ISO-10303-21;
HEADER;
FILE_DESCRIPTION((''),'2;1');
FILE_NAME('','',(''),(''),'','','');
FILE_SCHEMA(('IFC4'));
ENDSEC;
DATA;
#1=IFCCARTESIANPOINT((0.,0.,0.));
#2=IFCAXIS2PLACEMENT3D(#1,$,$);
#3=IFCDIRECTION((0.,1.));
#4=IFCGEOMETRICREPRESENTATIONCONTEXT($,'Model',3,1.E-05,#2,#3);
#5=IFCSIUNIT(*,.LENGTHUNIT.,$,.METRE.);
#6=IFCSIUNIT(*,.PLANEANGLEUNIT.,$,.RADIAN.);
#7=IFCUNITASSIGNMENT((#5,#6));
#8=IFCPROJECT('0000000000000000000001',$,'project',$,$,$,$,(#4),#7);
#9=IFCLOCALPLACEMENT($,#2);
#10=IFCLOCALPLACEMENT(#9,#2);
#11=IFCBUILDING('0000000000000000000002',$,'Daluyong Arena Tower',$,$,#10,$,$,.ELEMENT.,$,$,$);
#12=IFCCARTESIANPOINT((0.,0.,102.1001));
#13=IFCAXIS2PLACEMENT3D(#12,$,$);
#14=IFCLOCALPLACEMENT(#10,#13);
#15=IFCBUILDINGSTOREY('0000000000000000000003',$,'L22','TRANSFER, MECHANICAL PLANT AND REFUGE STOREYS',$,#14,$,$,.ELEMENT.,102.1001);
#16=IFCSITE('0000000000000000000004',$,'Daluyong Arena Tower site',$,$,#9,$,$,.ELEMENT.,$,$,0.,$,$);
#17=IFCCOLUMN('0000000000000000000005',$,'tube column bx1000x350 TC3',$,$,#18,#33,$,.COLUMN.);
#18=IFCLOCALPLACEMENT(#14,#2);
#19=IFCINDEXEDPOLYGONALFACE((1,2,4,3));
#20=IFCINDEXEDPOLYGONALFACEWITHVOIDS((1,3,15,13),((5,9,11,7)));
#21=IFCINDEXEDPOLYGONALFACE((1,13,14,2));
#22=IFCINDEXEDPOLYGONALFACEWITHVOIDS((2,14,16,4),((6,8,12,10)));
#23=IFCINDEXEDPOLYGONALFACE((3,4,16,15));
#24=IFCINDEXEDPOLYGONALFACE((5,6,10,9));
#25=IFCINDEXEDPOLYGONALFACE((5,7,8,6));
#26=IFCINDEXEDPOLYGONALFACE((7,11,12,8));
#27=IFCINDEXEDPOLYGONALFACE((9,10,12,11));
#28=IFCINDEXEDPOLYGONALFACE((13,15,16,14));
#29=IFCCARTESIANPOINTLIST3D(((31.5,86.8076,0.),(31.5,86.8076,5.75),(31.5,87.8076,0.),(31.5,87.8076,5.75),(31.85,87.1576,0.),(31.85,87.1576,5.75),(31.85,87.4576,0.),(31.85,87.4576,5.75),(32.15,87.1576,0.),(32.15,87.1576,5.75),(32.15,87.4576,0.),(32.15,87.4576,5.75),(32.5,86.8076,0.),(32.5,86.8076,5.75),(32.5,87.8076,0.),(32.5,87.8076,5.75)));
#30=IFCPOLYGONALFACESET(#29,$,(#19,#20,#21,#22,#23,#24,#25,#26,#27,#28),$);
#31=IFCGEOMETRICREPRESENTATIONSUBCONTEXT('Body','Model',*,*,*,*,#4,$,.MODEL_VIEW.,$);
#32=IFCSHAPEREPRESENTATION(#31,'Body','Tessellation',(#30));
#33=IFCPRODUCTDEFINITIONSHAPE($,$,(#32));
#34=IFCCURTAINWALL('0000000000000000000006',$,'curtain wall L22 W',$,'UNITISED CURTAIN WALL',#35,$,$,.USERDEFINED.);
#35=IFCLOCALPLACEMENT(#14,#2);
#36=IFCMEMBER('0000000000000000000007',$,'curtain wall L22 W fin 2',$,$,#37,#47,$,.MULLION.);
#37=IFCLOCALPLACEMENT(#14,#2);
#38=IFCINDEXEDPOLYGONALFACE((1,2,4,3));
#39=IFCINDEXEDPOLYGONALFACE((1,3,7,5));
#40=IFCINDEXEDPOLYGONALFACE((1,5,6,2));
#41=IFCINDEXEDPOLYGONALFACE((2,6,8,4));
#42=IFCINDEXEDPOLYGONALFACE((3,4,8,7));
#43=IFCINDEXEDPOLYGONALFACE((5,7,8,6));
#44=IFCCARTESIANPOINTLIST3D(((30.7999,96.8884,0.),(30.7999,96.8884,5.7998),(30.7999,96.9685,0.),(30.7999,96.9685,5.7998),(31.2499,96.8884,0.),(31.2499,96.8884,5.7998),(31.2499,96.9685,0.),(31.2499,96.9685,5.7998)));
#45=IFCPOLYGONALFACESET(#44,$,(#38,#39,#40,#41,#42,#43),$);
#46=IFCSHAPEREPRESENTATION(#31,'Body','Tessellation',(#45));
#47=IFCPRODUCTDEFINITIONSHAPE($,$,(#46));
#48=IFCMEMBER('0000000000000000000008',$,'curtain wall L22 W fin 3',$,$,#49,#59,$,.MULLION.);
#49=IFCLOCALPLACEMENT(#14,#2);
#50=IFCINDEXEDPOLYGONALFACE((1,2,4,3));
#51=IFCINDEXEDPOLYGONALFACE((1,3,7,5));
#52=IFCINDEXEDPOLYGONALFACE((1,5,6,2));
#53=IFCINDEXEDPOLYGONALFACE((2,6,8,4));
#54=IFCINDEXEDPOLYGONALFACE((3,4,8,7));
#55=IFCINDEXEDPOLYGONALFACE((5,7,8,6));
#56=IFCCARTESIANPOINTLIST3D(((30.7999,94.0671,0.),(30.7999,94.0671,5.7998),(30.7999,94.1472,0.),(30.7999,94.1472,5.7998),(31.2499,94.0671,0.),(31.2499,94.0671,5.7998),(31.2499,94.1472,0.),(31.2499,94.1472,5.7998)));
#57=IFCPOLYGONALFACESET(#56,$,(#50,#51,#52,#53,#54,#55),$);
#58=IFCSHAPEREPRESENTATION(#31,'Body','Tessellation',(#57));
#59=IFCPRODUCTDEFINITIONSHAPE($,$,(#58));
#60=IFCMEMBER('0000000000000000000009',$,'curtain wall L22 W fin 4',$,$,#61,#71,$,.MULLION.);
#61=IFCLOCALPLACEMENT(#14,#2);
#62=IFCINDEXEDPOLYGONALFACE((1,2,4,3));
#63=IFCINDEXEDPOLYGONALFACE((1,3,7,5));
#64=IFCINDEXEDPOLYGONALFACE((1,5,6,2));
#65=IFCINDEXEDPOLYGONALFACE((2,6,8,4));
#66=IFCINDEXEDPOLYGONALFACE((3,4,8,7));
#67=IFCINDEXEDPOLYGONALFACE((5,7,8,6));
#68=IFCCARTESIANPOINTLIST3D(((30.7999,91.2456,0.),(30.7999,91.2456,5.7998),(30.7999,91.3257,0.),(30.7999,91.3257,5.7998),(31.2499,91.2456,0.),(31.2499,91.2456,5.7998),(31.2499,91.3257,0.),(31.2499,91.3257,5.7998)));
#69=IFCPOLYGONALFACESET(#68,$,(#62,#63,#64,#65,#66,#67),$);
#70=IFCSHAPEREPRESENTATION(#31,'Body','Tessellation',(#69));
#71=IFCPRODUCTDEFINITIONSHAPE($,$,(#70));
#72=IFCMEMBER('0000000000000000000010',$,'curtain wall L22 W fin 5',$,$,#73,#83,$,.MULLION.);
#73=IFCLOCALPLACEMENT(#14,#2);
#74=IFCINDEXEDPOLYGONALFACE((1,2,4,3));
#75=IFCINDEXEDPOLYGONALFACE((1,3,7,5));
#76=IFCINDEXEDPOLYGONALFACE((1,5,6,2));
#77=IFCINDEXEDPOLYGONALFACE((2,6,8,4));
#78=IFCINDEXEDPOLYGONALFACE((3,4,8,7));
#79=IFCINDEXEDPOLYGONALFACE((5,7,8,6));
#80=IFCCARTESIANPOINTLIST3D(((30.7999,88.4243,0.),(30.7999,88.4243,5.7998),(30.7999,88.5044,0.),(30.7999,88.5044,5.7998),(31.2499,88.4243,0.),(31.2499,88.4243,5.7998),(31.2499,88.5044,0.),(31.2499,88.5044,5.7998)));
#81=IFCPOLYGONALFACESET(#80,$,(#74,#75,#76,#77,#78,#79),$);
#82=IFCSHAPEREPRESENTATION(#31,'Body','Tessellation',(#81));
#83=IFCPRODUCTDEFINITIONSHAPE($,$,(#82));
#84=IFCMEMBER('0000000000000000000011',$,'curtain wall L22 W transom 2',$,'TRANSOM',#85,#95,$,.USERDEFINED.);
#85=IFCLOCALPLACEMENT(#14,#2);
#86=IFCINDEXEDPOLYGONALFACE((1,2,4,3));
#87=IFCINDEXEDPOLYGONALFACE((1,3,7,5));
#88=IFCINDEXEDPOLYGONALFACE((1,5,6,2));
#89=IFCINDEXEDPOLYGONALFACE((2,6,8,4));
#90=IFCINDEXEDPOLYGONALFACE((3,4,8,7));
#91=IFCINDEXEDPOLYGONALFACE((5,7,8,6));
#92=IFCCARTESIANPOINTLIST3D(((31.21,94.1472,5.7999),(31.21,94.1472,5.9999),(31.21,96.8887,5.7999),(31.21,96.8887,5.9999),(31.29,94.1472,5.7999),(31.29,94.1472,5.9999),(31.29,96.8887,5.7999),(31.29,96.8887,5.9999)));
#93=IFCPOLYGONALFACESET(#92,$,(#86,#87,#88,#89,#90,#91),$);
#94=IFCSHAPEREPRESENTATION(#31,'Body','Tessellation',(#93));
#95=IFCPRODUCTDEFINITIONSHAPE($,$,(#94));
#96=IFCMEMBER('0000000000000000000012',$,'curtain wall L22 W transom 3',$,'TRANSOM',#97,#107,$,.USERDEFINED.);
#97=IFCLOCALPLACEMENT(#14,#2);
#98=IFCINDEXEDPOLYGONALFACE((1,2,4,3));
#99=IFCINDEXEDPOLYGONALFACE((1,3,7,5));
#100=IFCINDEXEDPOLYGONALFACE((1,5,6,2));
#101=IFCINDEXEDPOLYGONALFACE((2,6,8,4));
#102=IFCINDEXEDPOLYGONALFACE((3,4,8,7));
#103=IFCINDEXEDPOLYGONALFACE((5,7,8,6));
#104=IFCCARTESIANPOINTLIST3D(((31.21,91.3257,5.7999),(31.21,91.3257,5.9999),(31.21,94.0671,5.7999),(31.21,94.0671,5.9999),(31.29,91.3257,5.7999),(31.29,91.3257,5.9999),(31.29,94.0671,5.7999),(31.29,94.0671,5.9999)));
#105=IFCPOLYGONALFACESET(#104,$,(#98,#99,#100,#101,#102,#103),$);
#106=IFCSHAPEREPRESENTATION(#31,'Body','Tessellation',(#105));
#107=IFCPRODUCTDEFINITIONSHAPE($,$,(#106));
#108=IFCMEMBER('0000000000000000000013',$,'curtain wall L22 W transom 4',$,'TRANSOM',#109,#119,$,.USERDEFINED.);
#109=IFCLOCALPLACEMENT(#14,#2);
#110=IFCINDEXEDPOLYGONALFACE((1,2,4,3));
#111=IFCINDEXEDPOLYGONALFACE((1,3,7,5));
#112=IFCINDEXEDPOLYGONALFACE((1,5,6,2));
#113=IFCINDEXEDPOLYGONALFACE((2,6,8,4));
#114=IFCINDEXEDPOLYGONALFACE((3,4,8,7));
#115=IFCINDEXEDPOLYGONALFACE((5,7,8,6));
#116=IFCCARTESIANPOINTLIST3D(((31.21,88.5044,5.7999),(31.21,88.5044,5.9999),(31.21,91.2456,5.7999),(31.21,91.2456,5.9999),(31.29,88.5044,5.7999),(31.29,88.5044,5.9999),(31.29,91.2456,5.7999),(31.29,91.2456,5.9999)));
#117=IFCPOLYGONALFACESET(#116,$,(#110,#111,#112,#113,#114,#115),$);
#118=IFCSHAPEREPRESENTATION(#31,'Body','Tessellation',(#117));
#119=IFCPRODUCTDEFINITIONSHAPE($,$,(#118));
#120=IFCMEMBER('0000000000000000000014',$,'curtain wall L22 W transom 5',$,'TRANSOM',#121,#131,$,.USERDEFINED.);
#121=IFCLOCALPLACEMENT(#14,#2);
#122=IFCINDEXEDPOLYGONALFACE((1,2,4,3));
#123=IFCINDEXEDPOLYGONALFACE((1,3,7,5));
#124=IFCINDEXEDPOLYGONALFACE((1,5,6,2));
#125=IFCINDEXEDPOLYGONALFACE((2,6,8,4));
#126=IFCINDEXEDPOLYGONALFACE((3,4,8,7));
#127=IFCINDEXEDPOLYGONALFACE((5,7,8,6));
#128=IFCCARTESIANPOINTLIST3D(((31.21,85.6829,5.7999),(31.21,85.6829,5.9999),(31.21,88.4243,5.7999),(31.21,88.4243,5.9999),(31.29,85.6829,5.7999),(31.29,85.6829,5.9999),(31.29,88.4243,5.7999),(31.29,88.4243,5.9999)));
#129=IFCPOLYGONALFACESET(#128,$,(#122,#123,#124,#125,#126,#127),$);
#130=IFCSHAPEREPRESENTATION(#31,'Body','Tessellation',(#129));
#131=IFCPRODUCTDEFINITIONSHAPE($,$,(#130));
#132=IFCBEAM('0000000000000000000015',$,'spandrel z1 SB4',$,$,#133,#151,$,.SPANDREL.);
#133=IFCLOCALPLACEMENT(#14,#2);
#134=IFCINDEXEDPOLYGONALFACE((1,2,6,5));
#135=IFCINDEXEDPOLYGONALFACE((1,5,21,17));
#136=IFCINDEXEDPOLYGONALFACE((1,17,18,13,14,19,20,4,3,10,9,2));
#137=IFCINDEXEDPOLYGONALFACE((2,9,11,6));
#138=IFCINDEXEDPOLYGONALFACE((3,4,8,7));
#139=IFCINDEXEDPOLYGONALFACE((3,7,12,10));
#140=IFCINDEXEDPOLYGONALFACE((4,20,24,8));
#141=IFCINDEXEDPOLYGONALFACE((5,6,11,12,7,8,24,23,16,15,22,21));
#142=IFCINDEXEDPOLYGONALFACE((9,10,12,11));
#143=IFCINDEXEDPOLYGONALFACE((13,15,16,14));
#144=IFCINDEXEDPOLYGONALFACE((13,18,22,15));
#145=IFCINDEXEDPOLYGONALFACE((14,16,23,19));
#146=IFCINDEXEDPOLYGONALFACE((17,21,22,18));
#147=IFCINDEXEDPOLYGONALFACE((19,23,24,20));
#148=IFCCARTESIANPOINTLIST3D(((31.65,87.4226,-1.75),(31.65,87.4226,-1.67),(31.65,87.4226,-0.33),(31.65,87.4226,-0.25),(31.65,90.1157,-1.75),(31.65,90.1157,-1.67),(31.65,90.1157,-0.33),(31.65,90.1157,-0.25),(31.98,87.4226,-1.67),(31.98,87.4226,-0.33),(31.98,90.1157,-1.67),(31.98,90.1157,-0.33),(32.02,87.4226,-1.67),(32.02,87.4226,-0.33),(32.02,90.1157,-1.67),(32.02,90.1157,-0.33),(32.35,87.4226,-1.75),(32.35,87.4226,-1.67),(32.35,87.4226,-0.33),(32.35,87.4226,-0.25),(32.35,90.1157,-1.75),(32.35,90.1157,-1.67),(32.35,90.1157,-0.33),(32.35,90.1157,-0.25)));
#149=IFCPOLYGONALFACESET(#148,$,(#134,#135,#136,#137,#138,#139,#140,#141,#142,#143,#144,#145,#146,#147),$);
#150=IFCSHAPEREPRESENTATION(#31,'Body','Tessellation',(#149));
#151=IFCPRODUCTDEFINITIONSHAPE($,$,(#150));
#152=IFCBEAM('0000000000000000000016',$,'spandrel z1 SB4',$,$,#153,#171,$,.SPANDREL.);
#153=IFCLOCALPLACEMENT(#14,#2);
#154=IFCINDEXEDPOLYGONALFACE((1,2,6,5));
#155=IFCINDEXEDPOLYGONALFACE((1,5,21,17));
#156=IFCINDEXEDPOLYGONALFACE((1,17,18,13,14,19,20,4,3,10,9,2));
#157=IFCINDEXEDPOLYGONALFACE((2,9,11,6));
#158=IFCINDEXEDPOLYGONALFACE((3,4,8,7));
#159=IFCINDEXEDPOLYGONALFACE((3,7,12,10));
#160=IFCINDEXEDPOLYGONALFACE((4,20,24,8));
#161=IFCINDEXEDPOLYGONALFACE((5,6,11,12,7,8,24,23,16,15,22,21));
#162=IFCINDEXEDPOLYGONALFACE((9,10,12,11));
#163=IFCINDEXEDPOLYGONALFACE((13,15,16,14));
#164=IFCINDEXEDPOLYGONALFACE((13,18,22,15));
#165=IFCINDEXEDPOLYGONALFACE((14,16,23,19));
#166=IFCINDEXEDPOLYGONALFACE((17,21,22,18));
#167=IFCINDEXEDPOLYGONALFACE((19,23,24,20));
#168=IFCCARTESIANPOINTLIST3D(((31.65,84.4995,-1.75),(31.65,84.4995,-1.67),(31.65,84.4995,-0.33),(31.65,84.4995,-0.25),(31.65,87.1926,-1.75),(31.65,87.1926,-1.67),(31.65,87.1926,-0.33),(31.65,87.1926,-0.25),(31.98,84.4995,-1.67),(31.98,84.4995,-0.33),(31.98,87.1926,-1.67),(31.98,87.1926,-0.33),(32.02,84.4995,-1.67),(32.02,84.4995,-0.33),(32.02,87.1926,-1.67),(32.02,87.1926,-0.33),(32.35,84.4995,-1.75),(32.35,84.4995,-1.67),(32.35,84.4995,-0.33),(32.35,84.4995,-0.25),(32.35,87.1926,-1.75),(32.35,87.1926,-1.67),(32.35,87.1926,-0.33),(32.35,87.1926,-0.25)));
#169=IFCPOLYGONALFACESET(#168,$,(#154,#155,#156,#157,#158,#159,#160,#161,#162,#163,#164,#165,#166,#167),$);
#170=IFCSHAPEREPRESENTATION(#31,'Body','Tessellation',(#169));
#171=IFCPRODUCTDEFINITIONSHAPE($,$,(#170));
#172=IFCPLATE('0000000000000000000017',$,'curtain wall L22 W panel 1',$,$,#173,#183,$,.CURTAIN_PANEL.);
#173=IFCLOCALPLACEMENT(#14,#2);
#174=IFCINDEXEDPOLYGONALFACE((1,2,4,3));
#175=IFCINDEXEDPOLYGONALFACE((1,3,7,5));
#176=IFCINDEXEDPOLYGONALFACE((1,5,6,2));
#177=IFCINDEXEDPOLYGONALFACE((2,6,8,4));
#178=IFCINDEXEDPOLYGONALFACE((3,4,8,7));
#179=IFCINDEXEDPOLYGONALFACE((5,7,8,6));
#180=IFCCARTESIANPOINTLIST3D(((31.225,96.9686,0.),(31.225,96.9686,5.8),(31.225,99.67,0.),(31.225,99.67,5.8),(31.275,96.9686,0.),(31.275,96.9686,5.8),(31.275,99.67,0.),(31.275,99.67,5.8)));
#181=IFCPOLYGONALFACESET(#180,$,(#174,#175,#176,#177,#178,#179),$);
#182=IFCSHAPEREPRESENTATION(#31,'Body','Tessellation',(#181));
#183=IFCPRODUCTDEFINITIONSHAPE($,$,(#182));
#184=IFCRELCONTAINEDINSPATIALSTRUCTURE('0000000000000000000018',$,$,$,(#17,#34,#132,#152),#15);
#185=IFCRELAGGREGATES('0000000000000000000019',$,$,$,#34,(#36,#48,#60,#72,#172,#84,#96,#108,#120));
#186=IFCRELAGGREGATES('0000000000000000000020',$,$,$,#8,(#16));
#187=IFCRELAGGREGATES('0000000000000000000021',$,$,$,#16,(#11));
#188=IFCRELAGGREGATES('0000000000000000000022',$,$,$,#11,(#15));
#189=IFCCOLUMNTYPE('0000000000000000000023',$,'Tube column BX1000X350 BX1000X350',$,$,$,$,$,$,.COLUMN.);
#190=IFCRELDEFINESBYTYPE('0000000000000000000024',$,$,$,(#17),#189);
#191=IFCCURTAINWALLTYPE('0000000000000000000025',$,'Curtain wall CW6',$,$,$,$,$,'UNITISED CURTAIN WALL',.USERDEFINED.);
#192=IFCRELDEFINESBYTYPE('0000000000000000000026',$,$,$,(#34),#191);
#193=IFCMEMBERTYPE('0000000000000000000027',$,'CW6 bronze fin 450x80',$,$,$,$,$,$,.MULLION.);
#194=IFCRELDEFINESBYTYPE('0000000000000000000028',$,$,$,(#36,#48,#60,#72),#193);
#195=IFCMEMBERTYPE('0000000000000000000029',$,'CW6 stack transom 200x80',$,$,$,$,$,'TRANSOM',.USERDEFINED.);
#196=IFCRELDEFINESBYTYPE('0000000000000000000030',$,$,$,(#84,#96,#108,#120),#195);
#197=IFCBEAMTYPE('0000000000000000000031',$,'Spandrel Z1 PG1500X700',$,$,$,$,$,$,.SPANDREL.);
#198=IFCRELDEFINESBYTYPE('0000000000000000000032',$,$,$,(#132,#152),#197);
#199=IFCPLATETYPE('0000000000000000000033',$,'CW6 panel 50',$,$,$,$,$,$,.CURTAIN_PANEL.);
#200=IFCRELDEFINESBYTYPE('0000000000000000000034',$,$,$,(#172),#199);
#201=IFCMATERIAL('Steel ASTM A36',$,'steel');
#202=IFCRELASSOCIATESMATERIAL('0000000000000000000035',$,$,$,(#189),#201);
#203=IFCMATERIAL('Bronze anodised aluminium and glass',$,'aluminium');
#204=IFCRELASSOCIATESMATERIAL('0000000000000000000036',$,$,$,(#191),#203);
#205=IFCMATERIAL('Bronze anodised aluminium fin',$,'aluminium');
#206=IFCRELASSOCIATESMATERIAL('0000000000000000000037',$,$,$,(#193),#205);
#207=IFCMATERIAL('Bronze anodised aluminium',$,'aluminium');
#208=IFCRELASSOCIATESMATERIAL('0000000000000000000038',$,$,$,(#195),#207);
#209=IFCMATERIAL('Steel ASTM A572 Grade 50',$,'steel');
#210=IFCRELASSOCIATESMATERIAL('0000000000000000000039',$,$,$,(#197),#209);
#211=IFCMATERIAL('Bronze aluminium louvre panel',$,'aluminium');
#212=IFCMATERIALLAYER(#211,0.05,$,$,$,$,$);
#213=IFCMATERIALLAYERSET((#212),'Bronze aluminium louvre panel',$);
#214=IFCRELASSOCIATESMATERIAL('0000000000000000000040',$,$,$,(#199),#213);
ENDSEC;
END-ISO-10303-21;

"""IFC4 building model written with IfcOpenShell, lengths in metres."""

from ifc_helpers import new_model, si_unit, direction, frame, origin, origin_2d, place, context, subcontext, project, spatial, rectangle, hollow_rectangle, i_section, extrude, material, layer, layer_set, material_profile, profile_set, type_object, element, aggregate, save


model = new_model("IFC4")

# Units and contexts
model_context = context("Model", 3, precision=1e-05, world=origin(), true_north=direction((0.0, 1.0)))
body_context = subcontext(model_context, "Body", "Model", "MODEL_VIEW")
ifc_project = project(units=[si_unit("LENGTHUNIT", "METRE"), si_unit("PLANEANGLEUNIT", "RADIAN")], contexts=[model_context])

# Site, building, storey
site_placement = place(None, origin())
site = spatial("IfcSite", under=ifc_project, at=site_placement, Name="Daluyong Arena Tower site", CompositionType="ELEMENT", RefElevation=0.0)
building_placement = place(site_placement, origin())
building = spatial("IfcBuilding", under=site, at=building_placement, Name="Daluyong Arena Tower", CompositionType="ELEMENT")
storey_placement = place(building_placement, frame((0.0, 0.0, 102.1001)))
storey = spatial("IfcBuildingStorey", under=building, at=storey_placement, Name="L22", Description="TRANSFER, MECHANICAL PLANT AND REFUGE STOREYS", CompositionType="ELEMENT", Elevation=102.1001)

# Column
ifc_material_1 = material(Name="Steel ASTM A36", Category="steel")
ifc_material_profile_1 = material_profile(ifc_material_1, hollow_rectangle(XDim=1.0, YDim=1.0, WallThickness=0.35, at=origin_2d()))
ifc_profile_set_1 = profile_set([ifc_material_profile_1], Name="Steel ASTM A36")
column_type = type_object("IfcColumnType", Name="Tube column BX1000X350 BX1000X350", PredefinedType="COLUMN", material=ifc_profile_set_1)
column_placement = place(storey_placement, frame((32.0, 87.3076, 0.0), z_axis=(0.0, 0.0, 1.0), x_axis=(0.0, 1.0, 0.0)))
element("IfcColumn", 1, at=column_placement, inside=storey, type_object=column_type, Name="tube column bx1000x350 TC3", PredefinedType="COLUMN", context=body_context, shape_type="SweptSolid", body=[
    extrude(hollow_rectangle(XDim=1.0, YDim=1.0, WallThickness=0.35, at=origin_2d()), origin(), (0.0, 0.0, 1.0), 5.75),
])

# Curtain wall, members
ifc_material_2 = material(Name="Bronze anodised aluminium and glass", Category="aluminium")
curtain_wall_type = type_object("IfcCurtainWallType", Name="Curtain wall CW6", ElementType="UNITISED CURTAIN WALL", PredefinedType="USERDEFINED", material=ifc_material_2)
curtain_wall_placement = place(storey_placement, origin())
curtain_wall = element("IfcCurtainWall", 2, at=curtain_wall_placement, inside=storey, type_object=curtain_wall_type, Name="curtain wall L22 W", ObjectType="UNITISED CURTAIN WALL", PredefinedType="USERDEFINED")
ifc_material_3 = material(Name="Bronze anodised aluminium fin", Category="aluminium")
ifc_material_profile_2 = material_profile(ifc_material_3, rectangle(XDim=0.45, YDim=0.0801, at=origin_2d()))
ifc_profile_set_2 = profile_set([ifc_material_profile_2], Name="Bronze anodised aluminium fin")
member_type_1 = type_object("IfcMemberType", Name="CW6 bronze fin 450x80", PredefinedType="MULLION", material=ifc_profile_set_2)
member_1_placement = place(storey_placement, frame((31.0249, 96.9285, 0.0), z_axis=(0.0, 0.0, 1.0), x_axis=(1.0, 0.0, 0.0)))
member_1 = element("IfcMember", 3, at=member_1_placement, type_object=member_type_1, Name="curtain wall L22 W fin 2", PredefinedType="MULLION", context=body_context, shape_type="SweptSolid", body=[
    extrude(rectangle(XDim=0.45, YDim=0.0801, at=origin_2d()), origin(), (0.0, 0.0, 1.0), 5.7998),
])
member_2_placement = place(storey_placement, frame((31.0249, 94.1072, 0.0), z_axis=(0.0, 0.0, 1.0), x_axis=(1.0, 0.0, 0.0)))
member_2 = element("IfcMember", 4, at=member_2_placement, type_object=member_type_1, Name="curtain wall L22 W fin 3", PredefinedType="MULLION", context=body_context, shape_type="SweptSolid", body=[
    extrude(rectangle(XDim=0.45, YDim=0.0801, at=origin_2d()), origin(), (0.0, 0.0, 1.0), 5.7998),
])
member_3_placement = place(storey_placement, frame((31.0249, 91.2856, 0.0), z_axis=(0.0, 0.0, 1.0), x_axis=(1.0, 0.0, 0.0)))
member_3 = element("IfcMember", 5, at=member_3_placement, type_object=member_type_1, Name="curtain wall L22 W fin 4", PredefinedType="MULLION", context=body_context, shape_type="SweptSolid", body=[
    extrude(rectangle(XDim=0.45, YDim=0.0801, at=origin_2d()), origin(), (0.0, 0.0, 1.0), 5.7998),
])
member_4_placement = place(storey_placement, frame((31.0249, 88.4644, 0.0), z_axis=(0.0, 0.0, 1.0), x_axis=(1.0, 0.0, 0.0)))
member_4 = element("IfcMember", 6, at=member_4_placement, type_object=member_type_1, Name="curtain wall L22 W fin 5", PredefinedType="MULLION", context=body_context, shape_type="SweptSolid", body=[
    extrude(rectangle(XDim=0.45, YDim=0.0801, at=origin_2d()), origin(), (0.0, 0.0, 1.0), 5.7998),
])
ifc_material_4 = material(Name="Bronze anodised aluminium", Category="aluminium")
ifc_material_profile_3 = material_profile(ifc_material_4, rectangle(XDim=0.0801, YDim=0.2, at=origin_2d()))
ifc_profile_set_3 = profile_set([ifc_material_profile_3], Name="Bronze anodised aluminium")
member_type_2 = type_object("IfcMemberType", Name="CW6 stack transom 200x80", ElementType="TRANSOM", PredefinedType="USERDEFINED", material=ifc_profile_set_3)
member_5_placement = place(storey_placement, frame((31.25, 96.8887, 5.8999), z_axis=(0.0, -1.0, 0.0), x_axis=(1.0, 0.0, 0.0)))
member_5 = element("IfcMember", 7, at=member_5_placement, type_object=member_type_2, Name="curtain wall L22 W transom 2", ObjectType="TRANSOM", PredefinedType="USERDEFINED", context=body_context, shape_type="SweptSolid", body=[
    extrude(rectangle(XDim=0.0801, YDim=0.2, at=origin_2d()), origin(), (0.0, 0.0, 1.0), 2.7415),
])
member_6_placement = place(storey_placement, frame((31.25, 94.0671, 5.8999), z_axis=(0.0, -1.0, 0.0), x_axis=(1.0, 0.0, 0.0)))
member_6 = element("IfcMember", 8, at=member_6_placement, type_object=member_type_2, Name="curtain wall L22 W transom 3", ObjectType="TRANSOM", PredefinedType="USERDEFINED", context=body_context, shape_type="SweptSolid", body=[
    extrude(rectangle(XDim=0.0801, YDim=0.2, at=origin_2d()), origin(), (0.0, 0.0, 1.0), 2.7415),
])
member_7_placement = place(storey_placement, frame((31.25, 91.2456, 5.8999), z_axis=(0.0, -1.0, 0.0), x_axis=(1.0, 0.0, 0.0)))
member_7 = element("IfcMember", 9, at=member_7_placement, type_object=member_type_2, Name="curtain wall L22 W transom 4", ObjectType="TRANSOM", PredefinedType="USERDEFINED", context=body_context, shape_type="SweptSolid", body=[
    extrude(rectangle(XDim=0.0801, YDim=0.2, at=origin_2d()), origin(), (0.0, 0.0, 1.0), 2.7412),
])
member_8_placement = place(storey_placement, frame((31.25, 88.4243, 5.8999), z_axis=(0.0, -1.0, 0.0), x_axis=(1.0, 0.0, 0.0)))
member_8 = element("IfcMember", 10, at=member_8_placement, type_object=member_type_2, Name="curtain wall L22 W transom 5", ObjectType="TRANSOM", PredefinedType="USERDEFINED", context=body_context, shape_type="SweptSolid", body=[
    extrude(rectangle(XDim=0.0801, YDim=0.2, at=origin_2d()), origin(), (0.0, 0.0, 1.0), 2.7415),
])

# Beams
ifc_material_5 = material(Name="Steel ASTM A572 Grade 50", Category="steel")
ifc_material_profile_4 = material_profile(ifc_material_5, i_section(OverallWidth=0.7, OverallDepth=1.5, WebThickness=0.04, FlangeThickness=0.08, at=origin_2d()))
ifc_profile_set_4 = profile_set([ifc_material_profile_4], Name="Steel ASTM A572 Grade 50")
beam_type = type_object("IfcBeamType", Name="Spandrel Z1 PG1500X700", PredefinedType="SPANDREL", material=ifc_profile_set_4)
for number, where, z_axis, x_axis, name in (
    (11, (32.0, 90.1157, -1.0), (0.0, -1.0, 0.0), (1.0, 0.0, 0.0), "spandrel z1 SB4"),
    (12, (32.0, 87.1926, -1.0), (0.0, -1.0, 0.0), (1.0, 0.0, 0.0), "spandrel z1 SB4"),
):
    element("IfcBeam", number, at=place(storey_placement, frame(where, z_axis=z_axis, x_axis=x_axis)), inside=storey, type_object=beam_type, Name=name, PredefinedType="SPANDREL", context=body_context, shape_type="SweptSolid", body=[
        extrude(i_section(OverallWidth=0.7, OverallDepth=1.5, WebThickness=0.04, FlangeThickness=0.08, at=origin_2d()), origin(), (0.0, 0.0, 1.0), 2.6931),
    ])

# Plate
ifc_material_6 = material(Name="Bronze aluminium louvre panel", Category="aluminium")
ifc_layer = layer(ifc_material_6, 0.05)
ifc_layer_set = layer_set([ifc_layer], Name="Bronze aluminium louvre panel")
plate_type = type_object("IfcPlateType", Name="CW6 panel 50", PredefinedType="CURTAIN_PANEL", material=ifc_layer_set)
plate_1_placement = place(storey_placement, frame((31.25, 98.3193, 0.0), z_axis=(0.0, 0.0, 1.0), x_axis=(0.0, -1.0, 0.0)))
plate_1 = element("IfcPlate", 13, at=plate_1_placement, type_object=plate_type, Name="curtain wall L22 W panel 1", PredefinedType="CURTAIN_PANEL", context=body_context, shape_type="SweptSolid", body=[
    extrude(rectangle(XDim=2.7014, YDim=0.05, at=origin_2d()), origin(), (0.0, 0.0, 1.0), 5.8),
])
aggregate(curtain_wall, [member_1, member_2, member_3, member_4, plate_1, member_5, member_6, member_7, member_8])

save(model, "model.ifc")
